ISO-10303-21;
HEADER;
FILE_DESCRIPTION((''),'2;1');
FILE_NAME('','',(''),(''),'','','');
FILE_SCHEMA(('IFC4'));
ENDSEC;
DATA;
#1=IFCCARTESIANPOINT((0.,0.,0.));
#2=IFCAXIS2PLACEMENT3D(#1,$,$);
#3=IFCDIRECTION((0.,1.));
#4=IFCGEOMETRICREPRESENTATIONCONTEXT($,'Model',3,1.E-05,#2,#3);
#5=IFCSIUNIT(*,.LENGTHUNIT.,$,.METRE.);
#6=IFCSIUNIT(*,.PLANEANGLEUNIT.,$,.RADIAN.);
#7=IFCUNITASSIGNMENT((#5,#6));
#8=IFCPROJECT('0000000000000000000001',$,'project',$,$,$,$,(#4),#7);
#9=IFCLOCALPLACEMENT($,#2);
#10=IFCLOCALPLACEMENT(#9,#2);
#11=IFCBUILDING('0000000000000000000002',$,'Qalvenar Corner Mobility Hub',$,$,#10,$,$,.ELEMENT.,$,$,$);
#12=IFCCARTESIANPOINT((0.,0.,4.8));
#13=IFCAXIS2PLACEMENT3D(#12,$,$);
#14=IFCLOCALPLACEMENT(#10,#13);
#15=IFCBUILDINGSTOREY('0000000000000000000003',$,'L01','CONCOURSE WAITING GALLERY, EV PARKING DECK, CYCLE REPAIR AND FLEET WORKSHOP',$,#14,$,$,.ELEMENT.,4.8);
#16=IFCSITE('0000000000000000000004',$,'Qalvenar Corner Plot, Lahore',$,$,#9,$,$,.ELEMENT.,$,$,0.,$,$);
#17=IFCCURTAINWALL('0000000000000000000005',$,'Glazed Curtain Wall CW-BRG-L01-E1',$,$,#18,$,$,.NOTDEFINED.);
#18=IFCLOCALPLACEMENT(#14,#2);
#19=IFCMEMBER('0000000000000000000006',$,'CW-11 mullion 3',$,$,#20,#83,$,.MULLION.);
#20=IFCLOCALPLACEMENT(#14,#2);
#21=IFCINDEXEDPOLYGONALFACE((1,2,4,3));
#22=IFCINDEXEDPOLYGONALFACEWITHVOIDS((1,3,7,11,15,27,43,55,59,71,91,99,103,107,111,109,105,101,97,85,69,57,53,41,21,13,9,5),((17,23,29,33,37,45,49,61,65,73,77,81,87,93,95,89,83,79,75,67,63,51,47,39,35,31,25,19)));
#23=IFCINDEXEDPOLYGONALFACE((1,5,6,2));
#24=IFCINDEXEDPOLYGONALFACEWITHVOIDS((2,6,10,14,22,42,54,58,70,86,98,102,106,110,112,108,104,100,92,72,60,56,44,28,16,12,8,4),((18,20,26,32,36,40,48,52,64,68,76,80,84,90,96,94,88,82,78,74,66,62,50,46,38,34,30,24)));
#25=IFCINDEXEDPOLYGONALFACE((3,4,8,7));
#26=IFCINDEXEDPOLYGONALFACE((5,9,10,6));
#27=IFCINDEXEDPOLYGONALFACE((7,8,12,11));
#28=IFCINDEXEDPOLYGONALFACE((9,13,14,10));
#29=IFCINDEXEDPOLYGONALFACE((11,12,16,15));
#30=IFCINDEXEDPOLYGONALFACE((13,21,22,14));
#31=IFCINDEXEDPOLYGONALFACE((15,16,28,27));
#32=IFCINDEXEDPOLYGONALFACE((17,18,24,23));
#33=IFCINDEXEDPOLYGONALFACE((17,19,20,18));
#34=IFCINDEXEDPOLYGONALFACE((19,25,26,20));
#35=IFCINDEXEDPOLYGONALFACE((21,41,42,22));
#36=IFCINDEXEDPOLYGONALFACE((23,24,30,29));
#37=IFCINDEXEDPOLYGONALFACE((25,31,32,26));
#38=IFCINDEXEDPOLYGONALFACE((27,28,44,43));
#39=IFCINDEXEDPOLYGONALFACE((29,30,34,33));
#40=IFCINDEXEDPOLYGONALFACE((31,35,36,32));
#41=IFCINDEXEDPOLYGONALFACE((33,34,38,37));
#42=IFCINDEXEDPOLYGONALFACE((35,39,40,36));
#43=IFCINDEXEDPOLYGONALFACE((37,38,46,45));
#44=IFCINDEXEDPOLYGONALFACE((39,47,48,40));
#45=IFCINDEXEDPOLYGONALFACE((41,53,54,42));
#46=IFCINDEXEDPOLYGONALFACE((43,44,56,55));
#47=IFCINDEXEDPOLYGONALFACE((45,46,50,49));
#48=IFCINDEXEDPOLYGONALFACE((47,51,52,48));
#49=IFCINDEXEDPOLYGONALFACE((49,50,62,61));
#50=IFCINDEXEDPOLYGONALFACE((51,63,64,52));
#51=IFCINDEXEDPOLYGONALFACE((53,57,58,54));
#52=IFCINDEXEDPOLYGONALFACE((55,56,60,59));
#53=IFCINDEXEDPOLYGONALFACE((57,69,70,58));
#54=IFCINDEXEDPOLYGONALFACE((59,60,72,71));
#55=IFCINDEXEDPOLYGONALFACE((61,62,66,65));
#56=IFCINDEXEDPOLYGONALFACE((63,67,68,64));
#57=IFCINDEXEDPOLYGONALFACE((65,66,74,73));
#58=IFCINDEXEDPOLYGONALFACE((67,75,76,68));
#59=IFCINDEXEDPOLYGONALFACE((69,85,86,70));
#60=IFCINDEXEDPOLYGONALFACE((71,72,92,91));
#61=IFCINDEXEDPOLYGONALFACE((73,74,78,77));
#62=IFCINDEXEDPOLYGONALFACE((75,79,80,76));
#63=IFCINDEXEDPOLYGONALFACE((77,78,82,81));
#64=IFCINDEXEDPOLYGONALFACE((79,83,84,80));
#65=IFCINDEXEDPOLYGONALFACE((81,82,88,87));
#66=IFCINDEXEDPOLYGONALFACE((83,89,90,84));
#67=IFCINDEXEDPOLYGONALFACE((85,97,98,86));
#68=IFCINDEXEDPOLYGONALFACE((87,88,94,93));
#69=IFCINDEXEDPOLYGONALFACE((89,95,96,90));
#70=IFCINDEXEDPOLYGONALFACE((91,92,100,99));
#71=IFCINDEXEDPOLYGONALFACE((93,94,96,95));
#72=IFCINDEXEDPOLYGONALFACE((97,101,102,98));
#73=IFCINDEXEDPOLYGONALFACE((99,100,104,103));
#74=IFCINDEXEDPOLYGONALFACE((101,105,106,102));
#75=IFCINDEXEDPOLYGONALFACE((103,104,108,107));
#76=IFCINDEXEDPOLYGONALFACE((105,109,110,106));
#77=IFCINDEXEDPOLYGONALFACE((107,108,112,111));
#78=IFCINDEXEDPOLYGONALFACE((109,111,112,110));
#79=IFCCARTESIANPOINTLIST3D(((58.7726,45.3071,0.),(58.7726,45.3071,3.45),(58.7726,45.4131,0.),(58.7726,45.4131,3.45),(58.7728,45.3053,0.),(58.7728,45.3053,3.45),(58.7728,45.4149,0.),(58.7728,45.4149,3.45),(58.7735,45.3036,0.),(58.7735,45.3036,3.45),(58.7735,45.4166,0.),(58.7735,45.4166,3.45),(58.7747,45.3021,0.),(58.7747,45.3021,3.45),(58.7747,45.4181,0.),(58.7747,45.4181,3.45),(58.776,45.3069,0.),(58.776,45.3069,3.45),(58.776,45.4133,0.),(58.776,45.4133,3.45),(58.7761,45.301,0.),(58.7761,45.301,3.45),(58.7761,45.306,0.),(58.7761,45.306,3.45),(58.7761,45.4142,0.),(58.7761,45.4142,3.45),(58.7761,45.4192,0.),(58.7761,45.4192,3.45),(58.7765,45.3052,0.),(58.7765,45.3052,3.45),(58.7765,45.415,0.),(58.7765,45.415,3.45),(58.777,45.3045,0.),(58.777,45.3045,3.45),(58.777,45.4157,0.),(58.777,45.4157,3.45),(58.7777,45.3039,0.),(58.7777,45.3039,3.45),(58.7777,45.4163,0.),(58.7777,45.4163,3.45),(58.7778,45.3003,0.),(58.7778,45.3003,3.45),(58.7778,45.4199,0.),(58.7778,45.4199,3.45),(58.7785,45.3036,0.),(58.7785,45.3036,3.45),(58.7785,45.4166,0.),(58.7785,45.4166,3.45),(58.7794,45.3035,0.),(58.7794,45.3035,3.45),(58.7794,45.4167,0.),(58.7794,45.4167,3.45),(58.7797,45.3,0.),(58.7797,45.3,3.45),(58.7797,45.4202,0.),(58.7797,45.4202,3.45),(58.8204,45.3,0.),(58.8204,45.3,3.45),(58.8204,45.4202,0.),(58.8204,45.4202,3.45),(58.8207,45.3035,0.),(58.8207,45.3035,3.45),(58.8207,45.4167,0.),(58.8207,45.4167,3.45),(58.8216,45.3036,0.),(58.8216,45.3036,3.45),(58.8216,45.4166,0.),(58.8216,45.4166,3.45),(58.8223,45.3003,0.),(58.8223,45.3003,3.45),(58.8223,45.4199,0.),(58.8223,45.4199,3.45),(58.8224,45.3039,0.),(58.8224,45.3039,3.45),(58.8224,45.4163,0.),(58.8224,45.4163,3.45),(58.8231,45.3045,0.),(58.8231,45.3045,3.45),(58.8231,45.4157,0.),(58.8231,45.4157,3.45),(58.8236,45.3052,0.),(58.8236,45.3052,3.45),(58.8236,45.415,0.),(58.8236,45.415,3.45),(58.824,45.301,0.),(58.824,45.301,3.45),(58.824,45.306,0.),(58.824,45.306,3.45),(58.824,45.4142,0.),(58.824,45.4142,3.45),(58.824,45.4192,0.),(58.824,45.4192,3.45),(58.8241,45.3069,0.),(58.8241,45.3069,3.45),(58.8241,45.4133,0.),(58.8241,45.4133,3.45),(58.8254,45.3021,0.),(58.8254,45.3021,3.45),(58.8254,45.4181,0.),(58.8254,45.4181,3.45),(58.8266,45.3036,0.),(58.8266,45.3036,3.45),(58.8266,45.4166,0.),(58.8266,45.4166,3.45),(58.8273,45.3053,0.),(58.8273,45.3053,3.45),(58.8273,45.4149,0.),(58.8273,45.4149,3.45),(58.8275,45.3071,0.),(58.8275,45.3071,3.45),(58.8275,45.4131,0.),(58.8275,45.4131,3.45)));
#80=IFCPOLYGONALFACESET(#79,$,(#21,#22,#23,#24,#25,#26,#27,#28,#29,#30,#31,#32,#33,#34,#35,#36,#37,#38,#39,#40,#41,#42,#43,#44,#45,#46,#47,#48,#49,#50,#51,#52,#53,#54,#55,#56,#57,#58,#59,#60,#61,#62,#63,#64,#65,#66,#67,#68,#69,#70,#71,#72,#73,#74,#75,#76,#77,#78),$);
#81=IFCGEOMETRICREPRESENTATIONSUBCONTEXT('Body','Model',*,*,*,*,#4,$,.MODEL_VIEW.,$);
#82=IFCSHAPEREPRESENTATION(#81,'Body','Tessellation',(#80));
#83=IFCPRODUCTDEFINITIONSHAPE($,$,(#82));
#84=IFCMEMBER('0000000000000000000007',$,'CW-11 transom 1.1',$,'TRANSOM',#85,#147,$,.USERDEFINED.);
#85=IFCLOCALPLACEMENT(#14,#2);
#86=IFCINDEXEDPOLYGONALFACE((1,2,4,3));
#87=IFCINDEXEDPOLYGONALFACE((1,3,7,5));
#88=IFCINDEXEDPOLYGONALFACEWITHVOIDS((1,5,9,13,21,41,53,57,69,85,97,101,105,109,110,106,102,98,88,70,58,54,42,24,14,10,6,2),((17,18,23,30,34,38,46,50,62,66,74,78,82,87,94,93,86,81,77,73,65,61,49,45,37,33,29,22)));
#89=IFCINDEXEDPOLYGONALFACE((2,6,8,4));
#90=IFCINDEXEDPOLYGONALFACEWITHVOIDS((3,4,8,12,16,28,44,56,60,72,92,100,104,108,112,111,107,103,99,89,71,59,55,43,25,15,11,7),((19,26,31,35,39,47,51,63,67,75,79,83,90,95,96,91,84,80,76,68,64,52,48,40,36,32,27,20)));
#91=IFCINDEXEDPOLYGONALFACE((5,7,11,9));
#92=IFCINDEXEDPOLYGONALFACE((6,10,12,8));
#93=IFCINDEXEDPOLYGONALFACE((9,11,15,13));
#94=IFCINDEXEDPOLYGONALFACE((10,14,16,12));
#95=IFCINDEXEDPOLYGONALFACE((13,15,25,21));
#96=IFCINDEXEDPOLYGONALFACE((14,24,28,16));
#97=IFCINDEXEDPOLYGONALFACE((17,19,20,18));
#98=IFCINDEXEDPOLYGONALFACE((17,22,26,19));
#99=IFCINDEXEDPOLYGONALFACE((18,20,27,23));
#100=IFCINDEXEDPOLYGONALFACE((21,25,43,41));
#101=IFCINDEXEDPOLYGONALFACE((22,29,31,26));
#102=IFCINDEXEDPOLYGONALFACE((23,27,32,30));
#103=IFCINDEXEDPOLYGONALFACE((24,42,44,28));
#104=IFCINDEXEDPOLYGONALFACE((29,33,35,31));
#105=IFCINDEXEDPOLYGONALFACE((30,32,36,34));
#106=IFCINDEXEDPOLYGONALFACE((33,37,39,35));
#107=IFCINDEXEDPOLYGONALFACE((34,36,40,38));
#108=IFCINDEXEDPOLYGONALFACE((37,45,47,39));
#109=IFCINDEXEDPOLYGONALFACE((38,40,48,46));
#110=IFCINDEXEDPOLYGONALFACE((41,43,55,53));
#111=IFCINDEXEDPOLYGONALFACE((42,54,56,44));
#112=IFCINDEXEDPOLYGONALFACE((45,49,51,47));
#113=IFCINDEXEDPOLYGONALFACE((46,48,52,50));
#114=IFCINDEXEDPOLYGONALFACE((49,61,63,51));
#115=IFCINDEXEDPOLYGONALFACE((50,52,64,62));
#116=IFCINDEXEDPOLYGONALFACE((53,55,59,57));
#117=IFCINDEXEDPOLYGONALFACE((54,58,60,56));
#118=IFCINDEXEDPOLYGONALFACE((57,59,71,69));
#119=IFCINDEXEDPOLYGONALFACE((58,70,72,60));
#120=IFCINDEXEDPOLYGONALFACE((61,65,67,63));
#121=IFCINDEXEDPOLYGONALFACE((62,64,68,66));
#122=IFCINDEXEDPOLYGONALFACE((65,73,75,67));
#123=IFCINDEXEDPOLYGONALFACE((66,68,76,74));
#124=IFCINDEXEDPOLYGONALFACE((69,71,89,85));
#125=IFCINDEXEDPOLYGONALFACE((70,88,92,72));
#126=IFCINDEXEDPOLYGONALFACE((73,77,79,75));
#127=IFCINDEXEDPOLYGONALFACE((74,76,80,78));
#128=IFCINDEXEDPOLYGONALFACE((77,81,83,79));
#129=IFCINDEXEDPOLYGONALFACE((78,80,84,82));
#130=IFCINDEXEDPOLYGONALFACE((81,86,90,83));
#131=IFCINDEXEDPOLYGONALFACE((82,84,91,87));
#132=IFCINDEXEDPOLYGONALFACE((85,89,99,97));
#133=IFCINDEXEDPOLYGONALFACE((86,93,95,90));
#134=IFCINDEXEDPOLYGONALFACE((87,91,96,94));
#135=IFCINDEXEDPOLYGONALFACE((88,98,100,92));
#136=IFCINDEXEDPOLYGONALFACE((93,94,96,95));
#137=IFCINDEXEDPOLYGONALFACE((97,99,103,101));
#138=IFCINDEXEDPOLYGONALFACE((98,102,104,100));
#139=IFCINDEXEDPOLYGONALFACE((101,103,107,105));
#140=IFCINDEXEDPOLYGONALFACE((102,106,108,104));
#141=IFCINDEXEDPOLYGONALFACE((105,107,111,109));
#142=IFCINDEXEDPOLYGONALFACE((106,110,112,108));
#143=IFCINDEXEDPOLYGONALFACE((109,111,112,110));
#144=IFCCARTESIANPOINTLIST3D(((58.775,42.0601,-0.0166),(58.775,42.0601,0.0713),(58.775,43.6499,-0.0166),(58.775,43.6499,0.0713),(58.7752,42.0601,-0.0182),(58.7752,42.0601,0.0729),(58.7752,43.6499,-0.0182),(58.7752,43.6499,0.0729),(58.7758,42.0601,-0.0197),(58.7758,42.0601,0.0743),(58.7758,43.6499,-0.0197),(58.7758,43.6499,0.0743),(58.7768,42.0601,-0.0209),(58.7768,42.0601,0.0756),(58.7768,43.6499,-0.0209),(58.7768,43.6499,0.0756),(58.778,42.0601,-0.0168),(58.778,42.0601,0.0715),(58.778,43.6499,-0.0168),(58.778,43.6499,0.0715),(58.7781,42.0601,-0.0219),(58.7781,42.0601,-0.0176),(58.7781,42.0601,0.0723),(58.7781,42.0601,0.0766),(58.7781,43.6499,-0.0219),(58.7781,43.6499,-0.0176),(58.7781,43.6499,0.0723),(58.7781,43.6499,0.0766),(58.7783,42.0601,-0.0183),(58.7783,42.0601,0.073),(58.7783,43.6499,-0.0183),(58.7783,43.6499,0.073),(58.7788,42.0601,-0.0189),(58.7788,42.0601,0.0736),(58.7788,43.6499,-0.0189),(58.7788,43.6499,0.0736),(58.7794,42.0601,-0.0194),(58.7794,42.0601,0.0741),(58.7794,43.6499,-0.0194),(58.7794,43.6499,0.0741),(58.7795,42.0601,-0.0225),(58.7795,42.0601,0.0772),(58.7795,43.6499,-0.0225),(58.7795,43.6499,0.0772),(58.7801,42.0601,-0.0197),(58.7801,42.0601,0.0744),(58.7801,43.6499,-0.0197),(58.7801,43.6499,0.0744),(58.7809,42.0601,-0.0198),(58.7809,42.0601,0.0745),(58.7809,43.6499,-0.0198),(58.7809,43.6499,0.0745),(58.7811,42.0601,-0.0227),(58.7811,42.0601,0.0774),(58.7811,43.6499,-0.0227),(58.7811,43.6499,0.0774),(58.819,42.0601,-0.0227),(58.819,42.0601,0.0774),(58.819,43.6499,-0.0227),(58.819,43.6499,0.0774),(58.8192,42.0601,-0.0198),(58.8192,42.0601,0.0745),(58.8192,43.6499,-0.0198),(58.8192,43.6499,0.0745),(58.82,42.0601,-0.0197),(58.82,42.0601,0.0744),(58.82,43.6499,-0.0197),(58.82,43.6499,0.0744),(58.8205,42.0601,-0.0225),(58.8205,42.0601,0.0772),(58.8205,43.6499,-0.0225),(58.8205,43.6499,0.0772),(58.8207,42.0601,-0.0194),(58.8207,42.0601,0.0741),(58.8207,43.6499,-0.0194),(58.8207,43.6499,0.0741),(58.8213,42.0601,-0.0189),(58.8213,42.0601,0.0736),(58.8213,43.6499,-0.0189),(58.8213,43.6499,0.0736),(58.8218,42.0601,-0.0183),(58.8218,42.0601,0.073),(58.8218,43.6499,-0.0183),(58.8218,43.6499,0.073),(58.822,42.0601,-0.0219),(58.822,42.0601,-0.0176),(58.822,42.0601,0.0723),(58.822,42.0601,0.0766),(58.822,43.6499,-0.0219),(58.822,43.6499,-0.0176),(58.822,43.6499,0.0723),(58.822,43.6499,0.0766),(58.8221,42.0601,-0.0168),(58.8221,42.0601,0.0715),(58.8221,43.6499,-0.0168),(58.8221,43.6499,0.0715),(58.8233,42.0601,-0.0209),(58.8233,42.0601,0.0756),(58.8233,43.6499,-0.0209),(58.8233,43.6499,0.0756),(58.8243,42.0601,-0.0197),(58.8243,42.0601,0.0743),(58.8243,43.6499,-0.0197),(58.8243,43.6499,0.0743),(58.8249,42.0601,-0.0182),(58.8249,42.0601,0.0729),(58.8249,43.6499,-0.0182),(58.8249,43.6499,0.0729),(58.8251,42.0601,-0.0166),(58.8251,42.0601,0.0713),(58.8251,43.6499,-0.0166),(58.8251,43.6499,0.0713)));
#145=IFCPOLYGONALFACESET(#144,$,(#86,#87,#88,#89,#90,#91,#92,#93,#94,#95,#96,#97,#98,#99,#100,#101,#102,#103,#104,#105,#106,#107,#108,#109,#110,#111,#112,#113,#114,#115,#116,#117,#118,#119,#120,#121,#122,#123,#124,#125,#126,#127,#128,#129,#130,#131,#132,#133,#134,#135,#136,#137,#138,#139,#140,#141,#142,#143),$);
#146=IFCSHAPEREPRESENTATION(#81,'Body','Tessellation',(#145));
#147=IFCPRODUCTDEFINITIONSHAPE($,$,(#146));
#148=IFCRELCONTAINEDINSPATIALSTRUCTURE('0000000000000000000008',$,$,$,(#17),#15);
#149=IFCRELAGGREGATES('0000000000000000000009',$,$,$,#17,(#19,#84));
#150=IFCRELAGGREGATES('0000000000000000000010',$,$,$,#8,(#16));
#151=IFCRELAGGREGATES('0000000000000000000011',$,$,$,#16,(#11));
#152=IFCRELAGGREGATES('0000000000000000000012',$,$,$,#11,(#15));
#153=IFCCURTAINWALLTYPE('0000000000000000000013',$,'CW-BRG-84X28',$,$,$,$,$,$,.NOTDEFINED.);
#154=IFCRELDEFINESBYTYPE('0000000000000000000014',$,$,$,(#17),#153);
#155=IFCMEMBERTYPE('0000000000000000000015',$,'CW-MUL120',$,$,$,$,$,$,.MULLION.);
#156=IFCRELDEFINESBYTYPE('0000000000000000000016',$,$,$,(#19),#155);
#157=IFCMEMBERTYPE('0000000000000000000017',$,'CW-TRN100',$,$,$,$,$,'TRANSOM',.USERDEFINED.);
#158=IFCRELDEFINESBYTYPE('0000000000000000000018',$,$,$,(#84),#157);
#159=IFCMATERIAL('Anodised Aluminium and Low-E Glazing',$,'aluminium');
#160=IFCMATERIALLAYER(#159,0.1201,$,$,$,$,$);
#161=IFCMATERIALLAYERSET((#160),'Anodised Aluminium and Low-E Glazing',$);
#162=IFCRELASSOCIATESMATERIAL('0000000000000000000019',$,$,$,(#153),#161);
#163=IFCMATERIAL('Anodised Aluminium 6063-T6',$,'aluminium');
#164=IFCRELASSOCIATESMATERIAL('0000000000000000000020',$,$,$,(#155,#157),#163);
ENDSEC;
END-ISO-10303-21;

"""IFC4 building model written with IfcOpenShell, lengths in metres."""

from ifc_helpers import new_model, si_unit, direction, frame, origin, origin_2d, place, context, subcontext, project, spatial, hollow_rectangle, extrude, material, layer, layer_set, material_profile, profile_set, type_object, element, aggregate, save


model = new_model("IFC4")

# Units and contexts
model_context = context("Model", 3, precision=1e-05, world=origin(), true_north=direction((0.0, 1.0)))
body_context = subcontext(model_context, "Body", "Model", "MODEL_VIEW")
ifc_project = project(units=[si_unit("LENGTHUNIT", "METRE"), si_unit("PLANEANGLEUNIT", "RADIAN")], contexts=[model_context])

# Site, building, storey
site_placement = place(None, origin())
site = spatial("IfcSite", under=ifc_project, at=site_placement, Name="Qalvenar Corner Plot, Lahore", CompositionType="ELEMENT", RefElevation=0.0)
building_placement = place(site_placement, origin())
building = spatial("IfcBuilding", under=site, at=building_placement, Name="Qalvenar Corner Mobility Hub", CompositionType="ELEMENT")
storey_placement = place(building_placement, frame((0.0, 0.0, 4.8)))
storey = spatial("IfcBuildingStorey", under=building, at=storey_placement, Name="L01", Description="CONCOURSE WAITING GALLERY, EV PARKING DECK, CYCLE REPAIR AND FLEET WORKSHOP", CompositionType="ELEMENT", Elevation=4.8)

# Shared definitions
ifc_material_1 = material(Name="Anodised Aluminium and Low-E Glazing", Category="aluminium")
ifc_layer_1 = layer(ifc_material_1, 0.1201)
ifc_layer_set_1 = layer_set([ifc_layer_1], Name="Anodised Aluminium and Low-E Glazing")
curtain_wall_type = type_object("IfcCurtainWallType", Name="CW-BRG-84X28", PredefinedType="NOTDEFINED", material=ifc_layer_set_1)
ifc_material_2 = material(Name="Anodised Aluminium 6063-T6", Category="aluminium")
ifc_material_profile_1 = material_profile(ifc_material_2, hollow_rectangle(XDim=0.0549, YDim=0.1201, WallThickness=0.0034, InnerFilletRadius=0.0034, OuterFilletRadius=0.0071, at=origin_2d()), Name="RHS120x55x3.5")
ifc_profile_set_1 = profile_set([ifc_material_profile_1], Name="Anodised Aluminium 6063-T6")
member_type_1 = type_object("IfcMemberType", Name="CW-MUL120", PredefinedType="MULLION", material=ifc_profile_set_1)

# Curtain wall, members
curtain_wall_1_placement = place(storey_placement, origin())
curtain_wall_1 = element("IfcCurtainWall", 1, at=curtain_wall_1_placement, inside=storey, type_object=curtain_wall_type, Name="Glazed Curtain Wall CW-BRG-L01-E1", PredefinedType="NOTDEFINED")
member_1_placement = place(storey_placement, frame((58.8, 45.3601, 0.0), z_axis=(0.0, 0.0, 1.0), x_axis=(-1.0, 0.0, 0.0)))
member_1 = element("IfcMember", 2, at=member_1_placement, type_object=member_type_1, Name="CW-11 mullion 3", PredefinedType="MULLION", context=body_context, shape_type="SweptSolid", body=[
    extrude(hollow_rectangle(XDim=0.0549, YDim=0.1201, WallThickness=0.0034, InnerFilletRadius=0.0034, OuterFilletRadius=0.0071, at=origin_2d()), origin(), (0.0, 0.0, 1.0), 3.45),
])
ifc_material_profile_2 = material_profile(ifc_material_2, hollow_rectangle(XDim=0.05, YDim=0.1001, WallThickness=0.0029, InnerFilletRadius=0.0029, OuterFilletRadius=0.0061, at=origin_2d()), Name="RHS100x50x3")
ifc_profile_set_2 = profile_set([ifc_material_profile_2], Name="Anodised Aluminium 6063-T6")
member_type_2 = type_object("IfcMemberType", Name="CW-TRN100", ElementType="TRANSOM", PredefinedType="USERDEFINED", material=ifc_profile_set_2)
member_2_placement = place(storey_placement, frame((58.8, 42.0601, 0.0273), z_axis=(0.0, 1.0, 0.0), x_axis=(-1.0, 0.0, 0.0)))
member_2 = element("IfcMember", 3, at=member_2_placement, type_object=member_type_2, Name="CW-11 transom 1.1", ObjectType="TRANSOM", PredefinedType="USERDEFINED", context=body_context, shape_type="SweptSolid", body=[
    extrude(hollow_rectangle(XDim=0.05, YDim=0.1001, WallThickness=0.0029, InnerFilletRadius=0.0029, OuterFilletRadius=0.0061, at=origin_2d()), origin(), (0.0, 0.0, 1.0), 1.5898),
])

aggregate(curtain_wall_1, [member_1, member_2])

save(model, "model.ifc")
